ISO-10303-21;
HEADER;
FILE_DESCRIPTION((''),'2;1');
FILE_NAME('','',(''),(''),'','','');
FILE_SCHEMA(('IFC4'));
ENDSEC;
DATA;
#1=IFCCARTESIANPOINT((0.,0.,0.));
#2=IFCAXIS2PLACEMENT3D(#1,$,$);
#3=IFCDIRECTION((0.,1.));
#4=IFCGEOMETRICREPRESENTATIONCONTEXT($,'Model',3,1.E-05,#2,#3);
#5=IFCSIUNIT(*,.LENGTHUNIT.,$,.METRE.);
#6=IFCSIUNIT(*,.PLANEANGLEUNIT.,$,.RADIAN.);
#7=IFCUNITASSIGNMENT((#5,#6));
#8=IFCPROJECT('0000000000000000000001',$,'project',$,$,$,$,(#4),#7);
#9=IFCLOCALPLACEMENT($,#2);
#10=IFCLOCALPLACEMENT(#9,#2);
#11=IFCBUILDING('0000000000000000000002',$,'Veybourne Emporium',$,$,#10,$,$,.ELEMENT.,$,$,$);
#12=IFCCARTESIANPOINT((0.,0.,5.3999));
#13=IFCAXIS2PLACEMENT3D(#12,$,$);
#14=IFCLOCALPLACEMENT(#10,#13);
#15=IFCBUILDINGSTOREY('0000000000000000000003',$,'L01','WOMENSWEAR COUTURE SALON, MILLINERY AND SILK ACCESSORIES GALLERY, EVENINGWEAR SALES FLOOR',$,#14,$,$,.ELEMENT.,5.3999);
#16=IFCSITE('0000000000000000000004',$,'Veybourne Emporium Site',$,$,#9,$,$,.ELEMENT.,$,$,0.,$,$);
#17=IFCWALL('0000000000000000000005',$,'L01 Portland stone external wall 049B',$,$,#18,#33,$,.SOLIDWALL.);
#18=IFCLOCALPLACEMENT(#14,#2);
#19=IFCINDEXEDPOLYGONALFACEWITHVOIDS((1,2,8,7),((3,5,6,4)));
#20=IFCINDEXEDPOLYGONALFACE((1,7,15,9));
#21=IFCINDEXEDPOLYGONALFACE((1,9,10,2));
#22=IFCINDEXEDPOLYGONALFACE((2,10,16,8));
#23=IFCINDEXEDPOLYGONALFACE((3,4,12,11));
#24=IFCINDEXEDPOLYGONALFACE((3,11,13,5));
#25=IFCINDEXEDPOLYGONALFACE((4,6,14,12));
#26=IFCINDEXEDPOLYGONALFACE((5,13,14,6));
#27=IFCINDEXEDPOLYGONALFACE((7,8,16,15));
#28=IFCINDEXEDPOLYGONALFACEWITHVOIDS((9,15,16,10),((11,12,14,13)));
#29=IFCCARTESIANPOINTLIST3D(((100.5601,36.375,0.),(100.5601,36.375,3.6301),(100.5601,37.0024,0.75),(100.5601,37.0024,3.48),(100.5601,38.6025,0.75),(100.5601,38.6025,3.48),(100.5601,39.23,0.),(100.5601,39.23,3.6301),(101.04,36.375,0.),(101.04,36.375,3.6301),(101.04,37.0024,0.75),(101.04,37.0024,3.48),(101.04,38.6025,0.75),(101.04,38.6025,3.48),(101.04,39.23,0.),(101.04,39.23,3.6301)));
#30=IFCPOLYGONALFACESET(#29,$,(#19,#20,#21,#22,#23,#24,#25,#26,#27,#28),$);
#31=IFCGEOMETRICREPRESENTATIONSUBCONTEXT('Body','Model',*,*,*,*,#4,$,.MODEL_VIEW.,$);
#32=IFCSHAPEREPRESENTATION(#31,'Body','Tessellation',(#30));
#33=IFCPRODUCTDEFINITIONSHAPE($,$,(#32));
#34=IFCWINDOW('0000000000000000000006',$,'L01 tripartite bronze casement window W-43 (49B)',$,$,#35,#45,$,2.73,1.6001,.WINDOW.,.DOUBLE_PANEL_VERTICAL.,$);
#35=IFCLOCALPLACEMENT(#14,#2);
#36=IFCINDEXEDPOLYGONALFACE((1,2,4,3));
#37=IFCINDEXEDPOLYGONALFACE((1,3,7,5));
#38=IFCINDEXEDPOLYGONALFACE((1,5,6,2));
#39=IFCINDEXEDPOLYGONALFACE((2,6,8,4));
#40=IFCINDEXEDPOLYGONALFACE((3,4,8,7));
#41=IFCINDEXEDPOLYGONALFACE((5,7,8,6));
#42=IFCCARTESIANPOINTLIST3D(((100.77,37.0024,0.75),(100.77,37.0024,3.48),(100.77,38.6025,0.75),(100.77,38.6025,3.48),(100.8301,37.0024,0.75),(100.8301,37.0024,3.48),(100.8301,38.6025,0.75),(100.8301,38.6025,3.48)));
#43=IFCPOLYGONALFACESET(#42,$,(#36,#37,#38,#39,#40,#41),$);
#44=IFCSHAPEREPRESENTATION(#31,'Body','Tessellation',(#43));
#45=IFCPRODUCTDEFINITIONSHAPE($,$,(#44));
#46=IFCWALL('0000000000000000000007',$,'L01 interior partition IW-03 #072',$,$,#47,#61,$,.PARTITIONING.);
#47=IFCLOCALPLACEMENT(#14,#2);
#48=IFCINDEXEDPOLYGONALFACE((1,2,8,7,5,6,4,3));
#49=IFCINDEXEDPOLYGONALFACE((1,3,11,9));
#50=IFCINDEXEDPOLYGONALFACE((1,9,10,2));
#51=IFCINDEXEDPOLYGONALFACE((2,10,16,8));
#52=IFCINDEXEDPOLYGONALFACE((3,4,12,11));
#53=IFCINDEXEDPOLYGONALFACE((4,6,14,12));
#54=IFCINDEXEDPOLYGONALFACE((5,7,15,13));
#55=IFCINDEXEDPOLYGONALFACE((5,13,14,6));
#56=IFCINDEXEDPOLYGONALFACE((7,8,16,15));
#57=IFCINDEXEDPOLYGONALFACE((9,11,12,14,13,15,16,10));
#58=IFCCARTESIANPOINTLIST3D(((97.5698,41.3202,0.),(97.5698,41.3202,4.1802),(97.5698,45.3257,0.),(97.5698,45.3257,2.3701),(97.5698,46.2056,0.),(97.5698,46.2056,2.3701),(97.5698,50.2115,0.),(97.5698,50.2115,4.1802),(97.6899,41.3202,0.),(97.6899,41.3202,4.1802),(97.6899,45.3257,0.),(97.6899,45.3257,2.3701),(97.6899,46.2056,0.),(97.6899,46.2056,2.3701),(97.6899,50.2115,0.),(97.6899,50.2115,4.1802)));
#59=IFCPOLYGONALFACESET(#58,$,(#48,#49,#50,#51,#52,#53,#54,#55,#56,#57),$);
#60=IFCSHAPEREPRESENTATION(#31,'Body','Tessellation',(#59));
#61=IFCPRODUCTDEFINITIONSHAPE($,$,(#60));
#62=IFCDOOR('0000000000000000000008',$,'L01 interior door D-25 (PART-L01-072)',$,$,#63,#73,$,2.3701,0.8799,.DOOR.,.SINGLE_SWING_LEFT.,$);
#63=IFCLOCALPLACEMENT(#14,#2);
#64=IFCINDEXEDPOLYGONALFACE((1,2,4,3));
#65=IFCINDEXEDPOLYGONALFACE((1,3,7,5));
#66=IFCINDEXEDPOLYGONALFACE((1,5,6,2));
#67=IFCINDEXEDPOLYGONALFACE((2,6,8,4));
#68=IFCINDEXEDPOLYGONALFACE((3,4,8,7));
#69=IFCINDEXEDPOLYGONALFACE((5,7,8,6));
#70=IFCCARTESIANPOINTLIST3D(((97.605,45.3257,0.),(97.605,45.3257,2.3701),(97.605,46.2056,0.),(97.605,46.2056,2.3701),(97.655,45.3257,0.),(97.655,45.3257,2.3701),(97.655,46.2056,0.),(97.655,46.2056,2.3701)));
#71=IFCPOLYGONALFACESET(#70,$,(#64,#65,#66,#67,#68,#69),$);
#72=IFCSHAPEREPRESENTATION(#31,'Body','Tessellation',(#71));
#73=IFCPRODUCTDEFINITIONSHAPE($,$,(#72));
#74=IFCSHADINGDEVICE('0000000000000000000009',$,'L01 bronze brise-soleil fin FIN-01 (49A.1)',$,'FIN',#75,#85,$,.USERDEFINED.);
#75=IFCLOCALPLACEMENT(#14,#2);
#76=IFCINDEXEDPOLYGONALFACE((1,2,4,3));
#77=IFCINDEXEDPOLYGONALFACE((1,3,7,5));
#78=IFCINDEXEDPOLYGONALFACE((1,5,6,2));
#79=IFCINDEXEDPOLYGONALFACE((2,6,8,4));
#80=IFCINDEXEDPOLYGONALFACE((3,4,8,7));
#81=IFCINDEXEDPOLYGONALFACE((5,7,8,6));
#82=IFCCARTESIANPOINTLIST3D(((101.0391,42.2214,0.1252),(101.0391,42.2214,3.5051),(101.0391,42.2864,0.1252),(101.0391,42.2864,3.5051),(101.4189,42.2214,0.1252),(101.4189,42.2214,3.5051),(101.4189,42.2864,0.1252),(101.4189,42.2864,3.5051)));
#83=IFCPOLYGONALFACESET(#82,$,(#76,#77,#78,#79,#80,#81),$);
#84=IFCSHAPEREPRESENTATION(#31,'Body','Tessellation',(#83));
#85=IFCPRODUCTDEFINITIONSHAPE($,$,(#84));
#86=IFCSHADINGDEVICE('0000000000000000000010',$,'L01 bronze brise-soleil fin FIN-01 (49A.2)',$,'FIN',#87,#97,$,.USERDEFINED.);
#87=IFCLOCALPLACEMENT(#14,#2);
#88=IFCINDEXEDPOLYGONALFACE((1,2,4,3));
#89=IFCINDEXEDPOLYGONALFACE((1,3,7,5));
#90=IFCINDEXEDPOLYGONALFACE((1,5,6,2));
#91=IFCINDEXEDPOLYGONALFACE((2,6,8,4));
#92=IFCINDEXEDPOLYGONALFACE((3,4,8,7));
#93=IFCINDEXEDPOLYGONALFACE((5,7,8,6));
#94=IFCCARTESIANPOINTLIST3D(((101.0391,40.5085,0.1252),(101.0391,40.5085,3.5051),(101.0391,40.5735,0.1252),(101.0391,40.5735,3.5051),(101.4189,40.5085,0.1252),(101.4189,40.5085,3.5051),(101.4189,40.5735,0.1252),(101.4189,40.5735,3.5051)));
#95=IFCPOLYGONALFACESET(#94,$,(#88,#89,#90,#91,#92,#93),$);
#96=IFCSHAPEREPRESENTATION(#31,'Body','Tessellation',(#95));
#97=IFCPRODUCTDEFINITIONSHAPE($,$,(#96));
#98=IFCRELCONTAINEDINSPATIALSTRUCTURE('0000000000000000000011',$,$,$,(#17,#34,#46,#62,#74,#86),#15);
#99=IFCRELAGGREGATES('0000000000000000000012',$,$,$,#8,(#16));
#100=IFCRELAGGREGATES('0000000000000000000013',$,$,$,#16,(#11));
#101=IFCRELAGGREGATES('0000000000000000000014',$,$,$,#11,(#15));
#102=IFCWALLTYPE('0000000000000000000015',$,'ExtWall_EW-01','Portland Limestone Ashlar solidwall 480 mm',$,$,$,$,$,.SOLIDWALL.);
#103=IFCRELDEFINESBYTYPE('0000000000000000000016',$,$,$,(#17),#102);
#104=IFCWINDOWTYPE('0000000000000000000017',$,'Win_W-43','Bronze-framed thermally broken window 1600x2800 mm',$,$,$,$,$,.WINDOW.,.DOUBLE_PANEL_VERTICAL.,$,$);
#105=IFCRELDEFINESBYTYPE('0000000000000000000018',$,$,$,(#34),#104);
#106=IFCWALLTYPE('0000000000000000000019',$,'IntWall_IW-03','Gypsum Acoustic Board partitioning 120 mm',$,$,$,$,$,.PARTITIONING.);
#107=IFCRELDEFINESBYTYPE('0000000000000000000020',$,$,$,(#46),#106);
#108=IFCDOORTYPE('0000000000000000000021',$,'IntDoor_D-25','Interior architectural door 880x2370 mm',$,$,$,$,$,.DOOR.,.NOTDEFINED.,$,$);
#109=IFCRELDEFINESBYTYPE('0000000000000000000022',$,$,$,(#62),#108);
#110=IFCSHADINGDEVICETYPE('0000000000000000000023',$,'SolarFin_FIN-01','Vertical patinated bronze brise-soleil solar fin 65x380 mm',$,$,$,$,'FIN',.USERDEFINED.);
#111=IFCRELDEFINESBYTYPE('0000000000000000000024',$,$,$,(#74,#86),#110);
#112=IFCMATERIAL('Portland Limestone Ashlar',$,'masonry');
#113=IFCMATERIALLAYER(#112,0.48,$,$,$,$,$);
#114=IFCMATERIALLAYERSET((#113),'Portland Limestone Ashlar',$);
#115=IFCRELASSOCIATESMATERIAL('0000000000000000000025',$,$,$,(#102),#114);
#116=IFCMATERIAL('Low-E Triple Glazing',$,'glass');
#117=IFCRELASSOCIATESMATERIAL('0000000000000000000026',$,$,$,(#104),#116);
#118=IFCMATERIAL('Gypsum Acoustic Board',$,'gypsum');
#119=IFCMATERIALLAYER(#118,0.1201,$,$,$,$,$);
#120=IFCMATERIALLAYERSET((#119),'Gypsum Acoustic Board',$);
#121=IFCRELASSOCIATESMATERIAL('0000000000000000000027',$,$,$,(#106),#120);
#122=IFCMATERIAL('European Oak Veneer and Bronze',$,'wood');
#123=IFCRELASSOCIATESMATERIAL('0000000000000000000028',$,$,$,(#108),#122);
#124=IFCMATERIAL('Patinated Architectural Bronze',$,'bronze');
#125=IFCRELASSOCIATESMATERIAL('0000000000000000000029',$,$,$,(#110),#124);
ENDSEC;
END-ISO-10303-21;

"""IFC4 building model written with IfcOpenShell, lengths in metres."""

from ifc_helpers import new_model, si_unit, direction, frame, frame_2d, origin, origin_2d, place, context, subcontext, project, spatial, rectangle, extrude, material, layer, layer_set, type_object, element, fill, save


model = new_model("IFC4")

# Units and contexts
model_context = context("Model", 3, precision=1e-05, world=origin(), true_north=direction((0.0, 1.0)))
body_context = subcontext(model_context, "Body", "Model", "MODEL_VIEW")
ifc_project = project(units=[si_unit("LENGTHUNIT", "METRE"), si_unit("PLANEANGLEUNIT", "RADIAN")], contexts=[model_context])

# Site, building, storey
site_placement = place(None, origin())
site = spatial("IfcSite", under=ifc_project, at=site_placement, Name="Veybourne Emporium Site", CompositionType="ELEMENT", RefElevation=0.0)
building_placement = place(site_placement, origin())
building = spatial("IfcBuilding", under=site, at=building_placement, Name="Veybourne Emporium", CompositionType="ELEMENT")
storey_placement = place(building_placement, frame((0.0, 0.0, 5.3999)))
storey = spatial("IfcBuildingStorey", under=building, at=storey_placement, Name="L01", Description="WOMENSWEAR COUTURE SALON, MILLINERY AND SILK ACCESSORIES GALLERY, EVENINGWEAR SALES FLOOR", CompositionType="ELEMENT", Elevation=5.3999)

# Shared definitions
ifc_material_1 = material(Name="Patinated Architectural Bronze", Category="bronze")

# Shared definitions
ifc_material_2 = material(Name="Low-E Triple Glazing", Category="glass")

# Wall, opening, window
ifc_material_3 = material(Name="Portland Limestone Ashlar", Category="masonry")
ifc_layer_1 = layer(ifc_material_3, 0.48)
ifc_layer_set_1 = layer_set([ifc_layer_1], Name="Portland Limestone Ashlar")
wall_type_1 = type_object("IfcWallType", Name="ExtWall_EW-01", Description="Portland Limestone Ashlar solidwall 480 mm", PredefinedType="SOLIDWALL", material=ifc_layer_set_1)
wall_1_placement = place(storey_placement, frame((100.8, 39.23, 0.0), z_axis=(0.0, 0.0, 1.0), x_axis=(0.0, -1.0, 0.0)))
wall_1 = element("IfcWall", 1, at=wall_1_placement, inside=storey, type_object=wall_type_1, Name="L01 Portland stone external wall 049B", PredefinedType="SOLIDWALL", context=body_context, shape_type="SweptSolid", body=[
    extrude(rectangle(XDim=2.855, YDim=0.48, at=frame_2d((1.4275, 0.0))), origin(), (0.0, 0.0, 1.0), 3.6301),
])
opening_1_placement = place(wall_1_placement, frame((0.6274, 0.0, 0.75)))
opening_1 = element("IfcOpeningElement", 2, at=opening_1_placement, cuts=wall_1, PredefinedType="OPENING", context=body_context, shape_type="SweptSolid", body=[
    extrude(rectangle(XDim=1.6001, YDim=2.73, at=frame_2d((0.8, 1.365))), frame((0.0, 0.26, 0.0), z_axis=(0.0, -1.0, 0.0), x_axis=(1.0, 0.0, 0.0)), (0.0, 0.0, 1.0), 0.52),
])
window_type_1 = type_object("IfcWindowType", Name="Win_W-43", Description="Bronze-framed thermally broken window 1600x2800 mm", PartitioningType="DOUBLE_PANEL_VERTICAL", PredefinedType="WINDOW", material=ifc_material_2)
window_1_placement = place(opening_1_placement, origin())
window_1 = element("IfcWindow", 3, at=window_1_placement, inside=storey, type_object=window_type_1, Name="L01 tripartite bronze casement window W-43 (49B)", OverallHeight=2.73, OverallWidth=1.6001, PartitioningType="DOUBLE_PANEL_VERTICAL", PredefinedType="WINDOW", context=body_context, shape_type="SweptSolid", body=[
    extrude(rectangle(XDim=1.6001, YDim=2.73, at=frame_2d((0.8, 1.365))), frame((0.0, 0.03, 0.0), z_axis=(0.0, -1.0, 0.0), x_axis=(1.0, 0.0, 0.0)), (0.0, 0.0, 1.0), 0.0601),
])
fill(opening_1, window_1)

# Wall, opening, door
ifc_material_4 = material(Name="Gypsum Acoustic Board", Category="gypsum")
ifc_layer_2 = layer(ifc_material_4, 0.1201)
ifc_layer_set_2 = layer_set([ifc_layer_2], Name="Gypsum Acoustic Board")
wall_type_2 = type_object("IfcWallType", Name="IntWall_IW-03", Description="Gypsum Acoustic Board partitioning 120 mm", PredefinedType="PARTITIONING", material=ifc_layer_set_2)
wall_2_placement = place(storey_placement, frame((97.6299, 41.3201, 0.0), z_axis=(0.0, 0.0, 1.0), x_axis=(0.0, 1.0, 0.0)))
wall_2 = element("IfcWall", 4, at=wall_2_placement, inside=storey, type_object=wall_type_2, Name="L01 interior partition IW-03 #072", PredefinedType="PARTITIONING", context=body_context, shape_type="SweptSolid", body=[
    extrude(rectangle(XDim=8.8914, YDim=0.1201, at=frame_2d((4.4458, 0.0))), origin(), (0.0, 0.0, 1.0), 4.1802),
])
opening_2_placement = place(wall_2_placement, frame((4.0056, 0.0, 0.0)))
opening_2 = element("IfcOpeningElement", 5, at=opening_2_placement, cuts=wall_2, PredefinedType="OPENING", context=body_context, shape_type="SweptSolid", body=[
    extrude(rectangle(XDim=0.8799, YDim=2.3701, at=frame_2d((0.4399, 1.1851))), frame((0.0, 0.0801, 0.0), z_axis=(0.0, -1.0, 0.0), x_axis=(1.0, 0.0, 0.0)), (0.0, 0.0, 1.0), 0.1602),
])
ifc_material_5 = material(Name="European Oak Veneer and Bronze", Category="wood")
door_type = type_object("IfcDoorType", Name="IntDoor_D-25", Description="Interior architectural door 880x2370 mm", OperationType="NOTDEFINED", PredefinedType="DOOR", material=ifc_material_5)
door_placement = place(opening_2_placement, origin())
door = element("IfcDoor", 6, at=door_placement, inside=storey, type_object=door_type, Name="L01 interior door D-25 (PART-L01-072)", OperationType="SINGLE_SWING_LEFT", OverallHeight=2.3701, OverallWidth=0.8799, PredefinedType="DOOR", context=body_context, shape_type="SweptSolid", body=[
    extrude(rectangle(XDim=0.8799, YDim=2.3701, at=frame_2d((0.4399, 1.1851))), frame((0.0, 0.0249, 0.0), z_axis=(0.0, -1.0, 0.0), x_axis=(1.0, 0.0, 0.0)), (0.0, 0.0, 1.0), 0.05),
])
fill(opening_2, door)

# Shading devices
shading_device_type = type_object("IfcShadingDeviceType", Name="SolarFin_FIN-01", Description="Vertical patinated bronze brise-soleil solar fin 65x380 mm", ElementType="FIN", PredefinedType="USERDEFINED", material=ifc_material_1)
for number, where, z_axis, x_axis, name in (
    (7, (101.229, 42.2539, 0.1252), (0.0, 0.0, 1.0), (0.0, -1.0, 0.0), "L01 bronze brise-soleil fin FIN-01 (49A.1)"),
    (8, (101.229, 40.541, 0.1252), (0.0, 0.0, 1.0), (0.0, -1.0, 0.0), "L01 bronze brise-soleil fin FIN-01 (49A.2)"),
):
    element("IfcShadingDevice", number, at=place(storey_placement, frame(where, z_axis=z_axis, x_axis=x_axis)), inside=storey, type_object=shading_device_type, Name=name, ObjectType="FIN", PredefinedType="USERDEFINED", context=body_context, shape_type="SweptSolid", body=[
        extrude(rectangle(XDim=0.0649, YDim=0.3799, at=origin_2d()), origin(), (0.0, 0.0, 1.0), 3.3799),
    ])

save(model, "model.ifc")
